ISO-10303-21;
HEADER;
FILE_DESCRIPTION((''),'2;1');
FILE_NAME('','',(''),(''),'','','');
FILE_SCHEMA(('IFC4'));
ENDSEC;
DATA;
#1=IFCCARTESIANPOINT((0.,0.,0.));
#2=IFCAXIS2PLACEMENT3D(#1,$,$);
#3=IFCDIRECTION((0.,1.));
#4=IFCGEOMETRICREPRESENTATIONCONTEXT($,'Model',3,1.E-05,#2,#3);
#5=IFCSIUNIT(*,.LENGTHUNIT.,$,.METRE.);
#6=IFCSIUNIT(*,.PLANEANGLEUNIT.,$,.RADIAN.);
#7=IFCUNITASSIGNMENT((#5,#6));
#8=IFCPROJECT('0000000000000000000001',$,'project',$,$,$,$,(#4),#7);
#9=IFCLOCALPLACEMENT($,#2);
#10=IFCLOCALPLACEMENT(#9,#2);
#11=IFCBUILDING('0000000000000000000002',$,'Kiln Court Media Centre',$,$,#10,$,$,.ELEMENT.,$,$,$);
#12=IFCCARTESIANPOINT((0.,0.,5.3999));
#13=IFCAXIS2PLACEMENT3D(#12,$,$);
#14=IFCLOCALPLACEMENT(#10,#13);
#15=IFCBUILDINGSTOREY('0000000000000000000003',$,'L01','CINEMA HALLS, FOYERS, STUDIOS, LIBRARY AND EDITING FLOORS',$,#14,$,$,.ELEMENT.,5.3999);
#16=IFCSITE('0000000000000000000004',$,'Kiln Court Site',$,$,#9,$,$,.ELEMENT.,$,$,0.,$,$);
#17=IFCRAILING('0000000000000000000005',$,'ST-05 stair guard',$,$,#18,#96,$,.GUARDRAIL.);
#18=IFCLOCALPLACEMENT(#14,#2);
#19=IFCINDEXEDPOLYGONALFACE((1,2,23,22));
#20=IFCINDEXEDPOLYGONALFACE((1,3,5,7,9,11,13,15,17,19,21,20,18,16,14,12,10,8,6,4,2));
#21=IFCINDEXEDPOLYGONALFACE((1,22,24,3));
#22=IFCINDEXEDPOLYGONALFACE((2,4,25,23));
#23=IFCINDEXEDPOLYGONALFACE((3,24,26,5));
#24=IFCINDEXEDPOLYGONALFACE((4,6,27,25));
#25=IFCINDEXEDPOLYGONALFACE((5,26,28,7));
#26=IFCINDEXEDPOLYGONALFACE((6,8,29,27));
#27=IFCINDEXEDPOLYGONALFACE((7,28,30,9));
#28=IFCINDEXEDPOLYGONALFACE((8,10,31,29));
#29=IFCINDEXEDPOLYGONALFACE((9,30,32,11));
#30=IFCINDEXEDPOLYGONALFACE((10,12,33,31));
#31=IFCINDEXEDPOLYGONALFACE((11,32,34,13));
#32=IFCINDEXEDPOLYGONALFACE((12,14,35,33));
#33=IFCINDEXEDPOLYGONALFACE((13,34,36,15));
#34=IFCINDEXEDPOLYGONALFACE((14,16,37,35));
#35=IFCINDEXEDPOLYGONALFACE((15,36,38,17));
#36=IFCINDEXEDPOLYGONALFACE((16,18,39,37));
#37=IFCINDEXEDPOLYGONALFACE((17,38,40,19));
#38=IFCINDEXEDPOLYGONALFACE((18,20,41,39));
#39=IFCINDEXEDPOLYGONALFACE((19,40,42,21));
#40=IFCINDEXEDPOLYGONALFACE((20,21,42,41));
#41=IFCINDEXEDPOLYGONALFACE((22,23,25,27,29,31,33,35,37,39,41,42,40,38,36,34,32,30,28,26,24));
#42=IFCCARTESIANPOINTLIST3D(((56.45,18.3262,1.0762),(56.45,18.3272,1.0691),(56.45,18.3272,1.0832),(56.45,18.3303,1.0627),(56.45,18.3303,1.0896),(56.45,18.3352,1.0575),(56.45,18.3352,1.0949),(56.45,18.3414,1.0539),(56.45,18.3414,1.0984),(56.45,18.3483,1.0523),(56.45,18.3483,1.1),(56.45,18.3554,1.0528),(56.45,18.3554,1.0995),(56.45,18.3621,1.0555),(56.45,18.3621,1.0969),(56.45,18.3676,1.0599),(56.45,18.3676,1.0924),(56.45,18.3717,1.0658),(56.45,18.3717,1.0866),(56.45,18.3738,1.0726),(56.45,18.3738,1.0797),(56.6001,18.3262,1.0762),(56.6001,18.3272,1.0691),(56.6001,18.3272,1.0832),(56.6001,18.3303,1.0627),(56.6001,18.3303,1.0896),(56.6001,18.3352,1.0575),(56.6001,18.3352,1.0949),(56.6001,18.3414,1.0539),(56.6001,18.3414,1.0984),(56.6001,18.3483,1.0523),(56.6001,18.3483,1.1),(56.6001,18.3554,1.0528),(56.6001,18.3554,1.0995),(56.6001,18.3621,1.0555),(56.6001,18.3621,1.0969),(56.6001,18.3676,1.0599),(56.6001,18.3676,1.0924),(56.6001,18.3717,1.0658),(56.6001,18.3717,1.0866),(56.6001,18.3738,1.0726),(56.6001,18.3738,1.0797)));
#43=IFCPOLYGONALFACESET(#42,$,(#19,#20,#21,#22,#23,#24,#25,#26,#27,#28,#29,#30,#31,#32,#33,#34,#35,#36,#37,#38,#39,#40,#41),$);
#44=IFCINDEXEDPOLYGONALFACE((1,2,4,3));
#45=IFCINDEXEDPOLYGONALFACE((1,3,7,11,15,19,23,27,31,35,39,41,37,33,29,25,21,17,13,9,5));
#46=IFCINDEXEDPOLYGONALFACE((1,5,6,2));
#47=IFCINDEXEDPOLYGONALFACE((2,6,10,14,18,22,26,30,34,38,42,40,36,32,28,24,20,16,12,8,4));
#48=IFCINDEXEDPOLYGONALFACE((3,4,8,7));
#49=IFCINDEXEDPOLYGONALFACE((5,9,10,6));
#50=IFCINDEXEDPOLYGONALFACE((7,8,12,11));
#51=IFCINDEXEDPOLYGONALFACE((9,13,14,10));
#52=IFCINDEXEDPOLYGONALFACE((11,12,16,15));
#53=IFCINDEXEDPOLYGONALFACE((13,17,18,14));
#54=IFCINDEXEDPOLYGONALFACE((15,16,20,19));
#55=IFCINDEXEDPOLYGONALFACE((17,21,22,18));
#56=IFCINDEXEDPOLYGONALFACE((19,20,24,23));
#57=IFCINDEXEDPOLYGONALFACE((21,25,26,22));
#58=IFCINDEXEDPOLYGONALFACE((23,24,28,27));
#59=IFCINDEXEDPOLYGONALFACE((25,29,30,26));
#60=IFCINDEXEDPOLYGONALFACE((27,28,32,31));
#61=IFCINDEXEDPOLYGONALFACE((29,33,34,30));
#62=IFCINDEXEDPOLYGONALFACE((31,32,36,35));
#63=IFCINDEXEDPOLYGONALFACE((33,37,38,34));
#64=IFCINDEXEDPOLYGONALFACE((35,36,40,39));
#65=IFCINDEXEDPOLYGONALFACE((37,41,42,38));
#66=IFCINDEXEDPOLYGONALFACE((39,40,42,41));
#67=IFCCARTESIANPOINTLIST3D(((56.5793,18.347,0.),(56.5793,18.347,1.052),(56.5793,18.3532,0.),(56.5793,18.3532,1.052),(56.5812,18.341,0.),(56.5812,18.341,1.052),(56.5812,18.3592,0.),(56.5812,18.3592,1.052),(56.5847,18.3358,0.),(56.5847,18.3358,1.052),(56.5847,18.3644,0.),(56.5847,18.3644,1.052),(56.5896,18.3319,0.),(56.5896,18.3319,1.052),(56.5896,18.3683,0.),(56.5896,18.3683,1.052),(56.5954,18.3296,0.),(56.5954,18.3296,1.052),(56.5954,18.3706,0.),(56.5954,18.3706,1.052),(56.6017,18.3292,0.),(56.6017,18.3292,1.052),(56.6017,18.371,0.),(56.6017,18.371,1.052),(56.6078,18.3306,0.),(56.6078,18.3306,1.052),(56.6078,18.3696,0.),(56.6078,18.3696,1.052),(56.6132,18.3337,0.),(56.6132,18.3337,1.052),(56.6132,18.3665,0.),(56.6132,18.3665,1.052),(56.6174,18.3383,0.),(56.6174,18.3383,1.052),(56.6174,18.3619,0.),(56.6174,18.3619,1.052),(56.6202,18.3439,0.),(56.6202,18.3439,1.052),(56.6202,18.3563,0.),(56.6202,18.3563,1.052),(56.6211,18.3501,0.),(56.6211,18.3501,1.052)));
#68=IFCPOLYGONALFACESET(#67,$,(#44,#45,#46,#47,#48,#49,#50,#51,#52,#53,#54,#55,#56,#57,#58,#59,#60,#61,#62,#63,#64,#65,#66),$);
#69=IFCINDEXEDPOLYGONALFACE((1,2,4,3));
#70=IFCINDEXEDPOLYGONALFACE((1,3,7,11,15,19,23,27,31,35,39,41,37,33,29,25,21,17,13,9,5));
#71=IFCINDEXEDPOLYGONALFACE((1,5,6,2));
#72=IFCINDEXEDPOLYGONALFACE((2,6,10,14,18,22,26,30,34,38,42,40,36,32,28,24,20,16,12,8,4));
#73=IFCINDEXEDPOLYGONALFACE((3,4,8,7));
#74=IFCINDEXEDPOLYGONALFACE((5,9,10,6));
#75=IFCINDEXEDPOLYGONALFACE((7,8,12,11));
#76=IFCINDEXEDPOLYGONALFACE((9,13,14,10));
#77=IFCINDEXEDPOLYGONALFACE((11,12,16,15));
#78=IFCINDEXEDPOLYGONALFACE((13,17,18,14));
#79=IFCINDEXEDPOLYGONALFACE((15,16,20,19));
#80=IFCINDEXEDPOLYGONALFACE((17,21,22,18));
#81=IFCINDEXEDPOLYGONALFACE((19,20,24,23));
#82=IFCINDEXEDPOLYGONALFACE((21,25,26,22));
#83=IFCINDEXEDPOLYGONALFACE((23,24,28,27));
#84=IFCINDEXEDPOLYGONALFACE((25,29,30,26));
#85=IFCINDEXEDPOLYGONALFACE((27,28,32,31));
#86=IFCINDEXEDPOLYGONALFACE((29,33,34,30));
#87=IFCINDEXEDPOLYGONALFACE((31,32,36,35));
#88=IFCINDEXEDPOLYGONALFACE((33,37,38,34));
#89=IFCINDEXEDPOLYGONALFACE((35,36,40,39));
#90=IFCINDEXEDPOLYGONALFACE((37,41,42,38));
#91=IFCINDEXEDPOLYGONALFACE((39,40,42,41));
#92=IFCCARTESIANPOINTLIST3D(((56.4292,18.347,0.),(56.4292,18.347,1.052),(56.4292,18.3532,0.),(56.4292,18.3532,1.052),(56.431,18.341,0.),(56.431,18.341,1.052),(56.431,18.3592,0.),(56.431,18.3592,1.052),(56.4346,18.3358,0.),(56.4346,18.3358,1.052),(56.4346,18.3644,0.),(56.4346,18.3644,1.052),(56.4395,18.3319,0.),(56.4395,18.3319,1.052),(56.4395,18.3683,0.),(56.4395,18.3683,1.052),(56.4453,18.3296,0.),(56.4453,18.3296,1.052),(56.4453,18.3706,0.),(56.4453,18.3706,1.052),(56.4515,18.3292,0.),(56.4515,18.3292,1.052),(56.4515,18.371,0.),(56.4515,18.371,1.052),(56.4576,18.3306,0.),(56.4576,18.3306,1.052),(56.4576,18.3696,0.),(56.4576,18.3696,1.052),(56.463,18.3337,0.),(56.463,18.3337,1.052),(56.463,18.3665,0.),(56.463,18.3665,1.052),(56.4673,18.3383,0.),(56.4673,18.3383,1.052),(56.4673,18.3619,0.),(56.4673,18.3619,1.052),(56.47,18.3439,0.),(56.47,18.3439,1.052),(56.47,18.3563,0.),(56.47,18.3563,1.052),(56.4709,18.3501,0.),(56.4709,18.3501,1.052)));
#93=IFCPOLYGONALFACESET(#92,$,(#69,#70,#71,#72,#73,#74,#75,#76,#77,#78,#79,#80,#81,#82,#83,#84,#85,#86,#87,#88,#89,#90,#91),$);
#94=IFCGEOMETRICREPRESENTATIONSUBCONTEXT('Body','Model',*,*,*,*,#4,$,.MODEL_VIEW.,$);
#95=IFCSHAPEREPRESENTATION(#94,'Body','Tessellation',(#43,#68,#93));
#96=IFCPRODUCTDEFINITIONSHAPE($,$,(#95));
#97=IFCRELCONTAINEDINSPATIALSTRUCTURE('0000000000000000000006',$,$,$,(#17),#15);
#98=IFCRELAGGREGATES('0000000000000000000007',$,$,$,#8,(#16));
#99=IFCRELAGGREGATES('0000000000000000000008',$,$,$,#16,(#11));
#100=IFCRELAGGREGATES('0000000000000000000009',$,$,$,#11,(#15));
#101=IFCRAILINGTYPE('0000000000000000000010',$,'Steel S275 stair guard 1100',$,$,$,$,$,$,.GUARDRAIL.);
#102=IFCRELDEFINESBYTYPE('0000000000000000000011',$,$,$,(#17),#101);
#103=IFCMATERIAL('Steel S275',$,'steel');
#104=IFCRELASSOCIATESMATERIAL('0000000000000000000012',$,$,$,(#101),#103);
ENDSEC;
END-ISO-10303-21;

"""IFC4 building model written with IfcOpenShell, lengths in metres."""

from ifc_helpers import new_model, si_unit, direction, frame, origin, origin_2d, place, context, subcontext, project, spatial, circle, extrude, material, type_object, element, save


model = new_model("IFC4")

# Units and contexts
model_context = context("Model", 3, precision=1e-05, world=origin(), true_north=direction((0.0, 1.0)))
body_context = subcontext(model_context, "Body", "Model", "MODEL_VIEW")
ifc_project = project(units=[si_unit("LENGTHUNIT", "METRE"), si_unit("PLANEANGLEUNIT", "RADIAN")], contexts=[model_context])

# Site, building, storey
site_placement = place(None, origin())
site = spatial("IfcSite", under=ifc_project, at=site_placement, Name="Kiln Court Site", CompositionType="ELEMENT", RefElevation=0.0)
building_placement = place(site_placement, origin())
building = spatial("IfcBuilding", under=site, at=building_placement, Name="Kiln Court Media Centre", CompositionType="ELEMENT")
storey_placement = place(building_placement, frame((0.0, 0.0, 5.3999)))
storey = spatial("IfcBuildingStorey", under=building, at=storey_placement, Name="L01", Description="CINEMA HALLS, FOYERS, STUDIOS, LIBRARY AND EDITING FLOORS", CompositionType="ELEMENT", Elevation=5.3999)

# Railing
ifc_material_1 = material(Name="Steel S275", Category="steel")
railing_type = type_object("IfcRailingType", Name="Steel S275 stair guard 1100", PredefinedType="GUARDRAIL", material=ifc_material_1)
railing_1_placement = place(storey_placement, frame((56.6001, 18.3501, 0.0)))
element("IfcRailing", 1, at=railing_1_placement, inside=storey, type_object=railing_type, Name="ST-05 stair guard", PredefinedType="GUARDRAIL", context=body_context, shape_type="SweptSolid", body=[
    extrude(circle(Radius=0.0239, at=origin_2d()), frame((0.0, 0.0, 1.0762), z_axis=(-1.0, 0.0, 0.0), x_axis=(0.0, -1.0, 0.0)), (0.0, 0.0, 1.0), 0.1501),
    extrude(circle(Radius=0.021, at=origin_2d()), origin(), (0.0, 0.0, 1.0), 1.052),
    extrude(circle(Radius=0.021, at=origin_2d()), frame((-0.1501, 0.0, 0.0)), (0.0, 0.0, 1.0), 1.052),
])

save(model, "model.ifc")
